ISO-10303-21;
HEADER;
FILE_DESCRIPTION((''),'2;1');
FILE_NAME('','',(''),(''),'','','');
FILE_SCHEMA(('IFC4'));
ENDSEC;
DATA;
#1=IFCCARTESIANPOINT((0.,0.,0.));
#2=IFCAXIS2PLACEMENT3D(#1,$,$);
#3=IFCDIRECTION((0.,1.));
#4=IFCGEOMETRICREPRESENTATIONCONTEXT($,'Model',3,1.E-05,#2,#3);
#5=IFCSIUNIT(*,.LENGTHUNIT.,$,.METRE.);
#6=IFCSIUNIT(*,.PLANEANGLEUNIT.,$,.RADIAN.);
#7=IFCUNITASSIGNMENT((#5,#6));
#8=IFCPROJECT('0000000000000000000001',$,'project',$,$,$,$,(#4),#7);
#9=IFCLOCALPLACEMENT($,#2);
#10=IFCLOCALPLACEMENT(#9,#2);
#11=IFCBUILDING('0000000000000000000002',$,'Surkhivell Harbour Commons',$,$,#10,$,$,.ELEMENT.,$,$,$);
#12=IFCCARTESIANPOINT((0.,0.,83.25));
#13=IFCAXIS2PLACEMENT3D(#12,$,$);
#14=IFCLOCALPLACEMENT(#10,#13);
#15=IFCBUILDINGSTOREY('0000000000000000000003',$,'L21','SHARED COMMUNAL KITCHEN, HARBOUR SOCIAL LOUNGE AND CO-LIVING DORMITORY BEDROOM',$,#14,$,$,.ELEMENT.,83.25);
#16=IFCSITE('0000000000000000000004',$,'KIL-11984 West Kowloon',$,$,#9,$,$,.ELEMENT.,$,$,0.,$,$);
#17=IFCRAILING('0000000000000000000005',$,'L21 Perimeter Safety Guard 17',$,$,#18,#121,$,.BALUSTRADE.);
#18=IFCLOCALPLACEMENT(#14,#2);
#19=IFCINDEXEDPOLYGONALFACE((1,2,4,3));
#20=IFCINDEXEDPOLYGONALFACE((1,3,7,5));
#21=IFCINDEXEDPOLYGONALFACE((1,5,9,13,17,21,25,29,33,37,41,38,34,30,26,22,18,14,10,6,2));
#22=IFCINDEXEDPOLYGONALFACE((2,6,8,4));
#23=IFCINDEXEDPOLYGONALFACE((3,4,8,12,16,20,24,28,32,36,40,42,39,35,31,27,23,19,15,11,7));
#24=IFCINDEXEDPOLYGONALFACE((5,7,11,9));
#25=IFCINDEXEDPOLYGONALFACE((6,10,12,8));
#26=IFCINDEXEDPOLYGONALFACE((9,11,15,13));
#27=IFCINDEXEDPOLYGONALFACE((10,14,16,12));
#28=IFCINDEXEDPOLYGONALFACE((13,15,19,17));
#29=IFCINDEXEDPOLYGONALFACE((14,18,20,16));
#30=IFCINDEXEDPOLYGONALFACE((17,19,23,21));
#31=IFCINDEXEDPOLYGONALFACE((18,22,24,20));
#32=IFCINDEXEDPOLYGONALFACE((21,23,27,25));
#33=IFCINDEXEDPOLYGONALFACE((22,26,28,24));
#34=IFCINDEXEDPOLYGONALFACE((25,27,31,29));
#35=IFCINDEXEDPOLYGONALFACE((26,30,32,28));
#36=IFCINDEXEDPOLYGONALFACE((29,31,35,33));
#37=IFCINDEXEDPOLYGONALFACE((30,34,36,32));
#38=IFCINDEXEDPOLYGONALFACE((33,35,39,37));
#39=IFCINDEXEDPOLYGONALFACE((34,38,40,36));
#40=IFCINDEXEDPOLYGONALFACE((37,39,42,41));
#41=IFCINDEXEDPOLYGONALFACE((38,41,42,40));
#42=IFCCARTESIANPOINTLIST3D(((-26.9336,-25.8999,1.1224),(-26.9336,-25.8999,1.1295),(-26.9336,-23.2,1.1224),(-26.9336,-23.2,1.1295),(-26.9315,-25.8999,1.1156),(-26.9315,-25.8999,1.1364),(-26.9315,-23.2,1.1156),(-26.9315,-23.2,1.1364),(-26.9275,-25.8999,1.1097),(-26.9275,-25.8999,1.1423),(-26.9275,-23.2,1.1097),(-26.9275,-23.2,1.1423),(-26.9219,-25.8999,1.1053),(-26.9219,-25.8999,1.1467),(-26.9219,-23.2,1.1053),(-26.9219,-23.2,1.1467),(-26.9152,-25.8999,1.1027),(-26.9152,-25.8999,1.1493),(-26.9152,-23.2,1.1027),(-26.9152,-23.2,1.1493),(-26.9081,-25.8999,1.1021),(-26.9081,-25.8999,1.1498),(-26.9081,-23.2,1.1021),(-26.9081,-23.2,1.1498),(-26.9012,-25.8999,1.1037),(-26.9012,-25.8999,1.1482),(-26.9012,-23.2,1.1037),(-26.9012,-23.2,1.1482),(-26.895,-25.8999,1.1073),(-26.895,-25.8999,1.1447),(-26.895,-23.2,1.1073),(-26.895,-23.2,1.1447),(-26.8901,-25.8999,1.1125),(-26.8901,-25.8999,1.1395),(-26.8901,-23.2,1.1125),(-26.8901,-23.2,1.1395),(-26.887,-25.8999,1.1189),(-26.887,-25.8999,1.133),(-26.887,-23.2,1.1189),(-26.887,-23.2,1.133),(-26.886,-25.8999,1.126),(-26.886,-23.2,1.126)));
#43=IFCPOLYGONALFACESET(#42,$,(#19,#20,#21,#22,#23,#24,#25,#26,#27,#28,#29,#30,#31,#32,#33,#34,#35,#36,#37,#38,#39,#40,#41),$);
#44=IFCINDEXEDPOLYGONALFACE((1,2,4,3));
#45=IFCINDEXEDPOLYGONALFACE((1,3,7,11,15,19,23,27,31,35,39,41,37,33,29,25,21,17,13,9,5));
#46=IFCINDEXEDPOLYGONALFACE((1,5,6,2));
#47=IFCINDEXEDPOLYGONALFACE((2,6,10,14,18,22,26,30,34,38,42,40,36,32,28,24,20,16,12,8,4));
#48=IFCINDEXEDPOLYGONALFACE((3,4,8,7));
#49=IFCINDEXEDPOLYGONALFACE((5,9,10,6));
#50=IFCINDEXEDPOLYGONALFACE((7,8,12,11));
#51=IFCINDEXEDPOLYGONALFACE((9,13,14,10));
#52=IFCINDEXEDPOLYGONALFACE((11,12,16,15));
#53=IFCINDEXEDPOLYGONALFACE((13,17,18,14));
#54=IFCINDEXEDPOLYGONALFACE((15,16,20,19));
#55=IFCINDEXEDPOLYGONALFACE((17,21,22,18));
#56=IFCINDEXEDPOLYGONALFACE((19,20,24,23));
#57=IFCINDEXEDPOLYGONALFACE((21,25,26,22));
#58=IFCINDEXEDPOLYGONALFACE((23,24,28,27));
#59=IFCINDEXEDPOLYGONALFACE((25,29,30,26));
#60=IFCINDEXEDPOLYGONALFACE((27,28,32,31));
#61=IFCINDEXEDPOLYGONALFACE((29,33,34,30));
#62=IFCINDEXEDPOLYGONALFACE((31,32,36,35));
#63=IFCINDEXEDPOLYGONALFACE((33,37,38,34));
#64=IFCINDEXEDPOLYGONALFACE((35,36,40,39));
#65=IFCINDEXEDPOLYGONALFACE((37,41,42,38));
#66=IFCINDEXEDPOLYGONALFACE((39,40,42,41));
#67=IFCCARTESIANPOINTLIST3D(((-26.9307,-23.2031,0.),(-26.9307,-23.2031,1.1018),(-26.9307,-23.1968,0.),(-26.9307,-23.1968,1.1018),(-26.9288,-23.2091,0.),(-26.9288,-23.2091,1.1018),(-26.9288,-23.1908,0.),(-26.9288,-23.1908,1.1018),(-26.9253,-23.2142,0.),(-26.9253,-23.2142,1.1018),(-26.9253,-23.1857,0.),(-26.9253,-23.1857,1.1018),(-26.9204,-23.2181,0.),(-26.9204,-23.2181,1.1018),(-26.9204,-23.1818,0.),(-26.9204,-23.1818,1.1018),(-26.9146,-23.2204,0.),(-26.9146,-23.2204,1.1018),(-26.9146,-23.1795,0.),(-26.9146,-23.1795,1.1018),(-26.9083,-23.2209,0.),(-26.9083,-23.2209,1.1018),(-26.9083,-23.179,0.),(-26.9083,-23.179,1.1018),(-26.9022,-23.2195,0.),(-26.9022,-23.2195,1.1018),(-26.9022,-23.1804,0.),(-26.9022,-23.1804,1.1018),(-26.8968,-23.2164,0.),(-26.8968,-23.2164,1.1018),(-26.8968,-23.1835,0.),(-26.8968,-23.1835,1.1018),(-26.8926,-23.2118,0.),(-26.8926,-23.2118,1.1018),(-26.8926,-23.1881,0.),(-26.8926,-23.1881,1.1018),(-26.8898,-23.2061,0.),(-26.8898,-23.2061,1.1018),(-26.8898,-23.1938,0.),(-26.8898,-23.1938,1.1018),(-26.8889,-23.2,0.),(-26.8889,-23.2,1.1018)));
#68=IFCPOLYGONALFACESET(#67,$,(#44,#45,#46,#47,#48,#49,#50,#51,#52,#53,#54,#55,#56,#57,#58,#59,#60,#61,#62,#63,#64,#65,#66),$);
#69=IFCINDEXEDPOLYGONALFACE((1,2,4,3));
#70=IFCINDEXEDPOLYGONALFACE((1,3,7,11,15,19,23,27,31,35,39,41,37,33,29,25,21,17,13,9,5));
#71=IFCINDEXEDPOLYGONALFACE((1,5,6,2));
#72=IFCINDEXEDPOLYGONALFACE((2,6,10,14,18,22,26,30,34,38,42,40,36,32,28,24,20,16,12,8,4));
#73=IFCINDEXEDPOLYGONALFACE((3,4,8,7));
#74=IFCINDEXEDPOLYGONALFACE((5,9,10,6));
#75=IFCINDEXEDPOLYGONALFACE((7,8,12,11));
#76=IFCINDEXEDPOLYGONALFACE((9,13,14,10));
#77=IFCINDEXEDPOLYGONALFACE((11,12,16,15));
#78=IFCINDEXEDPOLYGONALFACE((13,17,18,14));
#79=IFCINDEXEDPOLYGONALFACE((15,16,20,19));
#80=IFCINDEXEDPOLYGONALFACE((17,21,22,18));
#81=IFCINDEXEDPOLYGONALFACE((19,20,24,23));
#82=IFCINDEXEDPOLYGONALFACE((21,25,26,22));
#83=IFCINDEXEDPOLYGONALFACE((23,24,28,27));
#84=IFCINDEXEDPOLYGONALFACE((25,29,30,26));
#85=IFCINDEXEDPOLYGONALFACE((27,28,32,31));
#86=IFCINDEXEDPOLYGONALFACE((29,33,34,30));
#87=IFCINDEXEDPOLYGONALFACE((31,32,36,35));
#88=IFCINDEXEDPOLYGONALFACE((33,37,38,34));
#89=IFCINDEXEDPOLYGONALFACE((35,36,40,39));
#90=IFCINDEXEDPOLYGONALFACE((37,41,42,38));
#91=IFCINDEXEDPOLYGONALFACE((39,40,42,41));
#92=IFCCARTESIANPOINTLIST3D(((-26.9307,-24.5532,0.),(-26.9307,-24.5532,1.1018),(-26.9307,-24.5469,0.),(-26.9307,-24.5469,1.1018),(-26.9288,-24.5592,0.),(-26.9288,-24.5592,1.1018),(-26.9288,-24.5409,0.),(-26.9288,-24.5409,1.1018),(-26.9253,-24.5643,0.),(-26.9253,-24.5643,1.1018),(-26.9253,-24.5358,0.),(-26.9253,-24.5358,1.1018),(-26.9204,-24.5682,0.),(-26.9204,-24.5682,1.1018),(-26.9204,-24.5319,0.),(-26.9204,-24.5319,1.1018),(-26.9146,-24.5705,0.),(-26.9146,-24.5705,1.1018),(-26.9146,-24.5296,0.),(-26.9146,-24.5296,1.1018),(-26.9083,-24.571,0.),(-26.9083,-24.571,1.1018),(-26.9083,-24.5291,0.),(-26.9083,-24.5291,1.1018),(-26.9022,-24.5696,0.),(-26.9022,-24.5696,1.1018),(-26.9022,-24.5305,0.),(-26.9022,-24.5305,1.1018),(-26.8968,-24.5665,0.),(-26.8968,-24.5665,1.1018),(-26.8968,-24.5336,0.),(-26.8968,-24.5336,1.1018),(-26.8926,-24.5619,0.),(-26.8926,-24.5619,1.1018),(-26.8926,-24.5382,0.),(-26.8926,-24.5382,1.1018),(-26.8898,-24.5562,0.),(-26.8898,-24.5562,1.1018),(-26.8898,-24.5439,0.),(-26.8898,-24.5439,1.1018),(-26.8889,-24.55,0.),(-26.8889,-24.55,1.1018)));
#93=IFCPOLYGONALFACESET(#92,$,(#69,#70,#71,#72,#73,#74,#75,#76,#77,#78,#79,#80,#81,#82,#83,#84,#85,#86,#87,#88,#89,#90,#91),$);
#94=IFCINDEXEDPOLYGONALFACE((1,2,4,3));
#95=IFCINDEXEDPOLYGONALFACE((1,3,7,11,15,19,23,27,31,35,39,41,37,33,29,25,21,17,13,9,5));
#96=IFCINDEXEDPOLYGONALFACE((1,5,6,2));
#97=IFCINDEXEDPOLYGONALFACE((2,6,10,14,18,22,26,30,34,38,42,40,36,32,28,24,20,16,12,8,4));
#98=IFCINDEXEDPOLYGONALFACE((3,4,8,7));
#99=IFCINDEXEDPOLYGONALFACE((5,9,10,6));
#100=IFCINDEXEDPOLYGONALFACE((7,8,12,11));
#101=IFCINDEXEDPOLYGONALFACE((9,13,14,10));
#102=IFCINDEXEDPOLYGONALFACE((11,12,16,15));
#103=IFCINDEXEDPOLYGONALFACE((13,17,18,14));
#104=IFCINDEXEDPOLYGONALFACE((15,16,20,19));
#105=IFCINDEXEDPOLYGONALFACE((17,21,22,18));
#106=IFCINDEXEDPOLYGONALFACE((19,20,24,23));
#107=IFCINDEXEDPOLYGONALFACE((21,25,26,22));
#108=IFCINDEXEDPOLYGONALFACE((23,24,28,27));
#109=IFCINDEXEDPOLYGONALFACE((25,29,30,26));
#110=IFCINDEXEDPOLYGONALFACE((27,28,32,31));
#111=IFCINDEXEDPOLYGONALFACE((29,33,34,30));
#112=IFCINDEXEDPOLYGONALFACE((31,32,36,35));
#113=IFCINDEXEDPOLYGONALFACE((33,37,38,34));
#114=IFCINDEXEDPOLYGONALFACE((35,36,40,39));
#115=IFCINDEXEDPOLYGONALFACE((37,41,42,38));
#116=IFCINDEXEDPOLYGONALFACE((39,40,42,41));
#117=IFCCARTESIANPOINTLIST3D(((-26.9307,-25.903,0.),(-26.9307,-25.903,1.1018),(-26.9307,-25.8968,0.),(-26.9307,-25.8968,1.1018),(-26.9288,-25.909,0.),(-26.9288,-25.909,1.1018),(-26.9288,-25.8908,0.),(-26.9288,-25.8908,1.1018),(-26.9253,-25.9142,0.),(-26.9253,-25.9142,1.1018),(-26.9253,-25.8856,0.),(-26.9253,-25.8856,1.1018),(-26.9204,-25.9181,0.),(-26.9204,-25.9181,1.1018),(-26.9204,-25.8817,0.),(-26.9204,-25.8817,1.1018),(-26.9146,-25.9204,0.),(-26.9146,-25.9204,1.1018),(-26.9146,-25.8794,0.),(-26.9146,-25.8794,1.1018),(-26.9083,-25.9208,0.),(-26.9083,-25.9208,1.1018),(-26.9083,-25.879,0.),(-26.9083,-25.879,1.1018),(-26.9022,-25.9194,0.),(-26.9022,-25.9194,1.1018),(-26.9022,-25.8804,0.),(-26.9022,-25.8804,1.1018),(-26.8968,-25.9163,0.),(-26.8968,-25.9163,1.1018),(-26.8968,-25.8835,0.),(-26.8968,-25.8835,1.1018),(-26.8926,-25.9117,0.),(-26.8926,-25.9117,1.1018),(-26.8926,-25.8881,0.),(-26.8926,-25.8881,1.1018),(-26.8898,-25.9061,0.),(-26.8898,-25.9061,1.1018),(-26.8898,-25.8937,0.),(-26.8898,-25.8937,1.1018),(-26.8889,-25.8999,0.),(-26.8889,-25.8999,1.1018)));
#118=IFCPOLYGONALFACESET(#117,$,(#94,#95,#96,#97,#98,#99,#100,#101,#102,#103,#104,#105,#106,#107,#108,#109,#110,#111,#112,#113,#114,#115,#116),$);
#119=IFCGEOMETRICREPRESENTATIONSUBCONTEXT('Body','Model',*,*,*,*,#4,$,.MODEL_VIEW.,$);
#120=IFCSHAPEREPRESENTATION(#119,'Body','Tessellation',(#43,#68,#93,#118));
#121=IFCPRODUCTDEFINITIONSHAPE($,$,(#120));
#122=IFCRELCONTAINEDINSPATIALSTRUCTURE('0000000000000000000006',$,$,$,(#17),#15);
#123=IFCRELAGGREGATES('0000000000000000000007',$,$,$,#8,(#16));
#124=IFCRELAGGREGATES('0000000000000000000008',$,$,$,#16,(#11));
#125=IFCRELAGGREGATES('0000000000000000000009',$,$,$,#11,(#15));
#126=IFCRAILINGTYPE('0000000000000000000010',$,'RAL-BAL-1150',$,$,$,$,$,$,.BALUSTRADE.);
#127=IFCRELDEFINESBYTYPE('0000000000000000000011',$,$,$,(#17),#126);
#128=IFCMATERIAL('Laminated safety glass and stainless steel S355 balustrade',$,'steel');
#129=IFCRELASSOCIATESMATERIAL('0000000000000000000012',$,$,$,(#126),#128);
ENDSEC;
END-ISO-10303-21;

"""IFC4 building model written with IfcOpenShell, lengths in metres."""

from ifc_helpers import new_model, si_unit, direction, frame, origin, origin_2d, place, context, subcontext, project, spatial, circle, extrude, material, type_object, element, save


model = new_model("IFC4")

# Units and contexts
model_context = context("Model", 3, precision=1e-05, world=origin(), true_north=direction((0.0, 1.0)))
body_context = subcontext(model_context, "Body", "Model", "MODEL_VIEW")
ifc_project = project(units=[si_unit("LENGTHUNIT", "METRE"), si_unit("PLANEANGLEUNIT", "RADIAN")], contexts=[model_context])

# Site, building, storey
site_placement = place(None, origin())
site = spatial("IfcSite", under=ifc_project, at=site_placement, Name="KIL-11984 West Kowloon", CompositionType="ELEMENT", RefElevation=0.0)
building_placement = place(site_placement, origin())
building = spatial("IfcBuilding", under=site, at=building_placement, Name="Surkhivell Harbour Commons", CompositionType="ELEMENT")
storey_placement = place(building_placement, frame((0.0, 0.0, 83.25)))
storey = spatial("IfcBuildingStorey", under=building, at=storey_placement, Name="L21", Description="SHARED COMMUNAL KITCHEN, HARBOUR SOCIAL LOUNGE AND CO-LIVING DORMITORY BEDROOM", CompositionType="ELEMENT", Elevation=83.25)

# Railing
ifc_material_1 = material(Name="Laminated safety glass and stainless steel S355 balustrade", Category="steel")
railing_type = type_object("IfcRailingType", Name="RAL-BAL-1150", PredefinedType="BALUSTRADE", material=ifc_material_1)
railing_1_placement = place(storey_placement, frame((-26.9099, -23.2, 0.0)))
element("IfcRailing", 1, at=railing_1_placement, inside=storey, type_object=railing_type, Name="L21 Perimeter Safety Guard 17", PredefinedType="BALUSTRADE", context=body_context, shape_type="SweptSolid", body=[
    extrude(circle(Radius=0.0239, at=origin_2d()), frame((0.0, 0.0, 1.126), z_axis=(0.0, -1.0, 0.0), x_axis=(1.0, 0.0, 0.0)), (0.0, 0.0, 1.0), 2.7),
    extrude(circle(Radius=0.021, at=origin_2d()), origin(), (0.0, 0.0, 1.0), 1.1018),
    extrude(circle(Radius=0.021, at=origin_2d()), frame((0.0, -1.3501, 0.0)), (0.0, 0.0, 1.0), 1.1018),
    extrude(circle(Radius=0.021, at=origin_2d()), frame((0.0, -2.7, 0.0)), (0.0, 0.0, 1.0), 1.1018),
])

save(model, "model.ifc")
